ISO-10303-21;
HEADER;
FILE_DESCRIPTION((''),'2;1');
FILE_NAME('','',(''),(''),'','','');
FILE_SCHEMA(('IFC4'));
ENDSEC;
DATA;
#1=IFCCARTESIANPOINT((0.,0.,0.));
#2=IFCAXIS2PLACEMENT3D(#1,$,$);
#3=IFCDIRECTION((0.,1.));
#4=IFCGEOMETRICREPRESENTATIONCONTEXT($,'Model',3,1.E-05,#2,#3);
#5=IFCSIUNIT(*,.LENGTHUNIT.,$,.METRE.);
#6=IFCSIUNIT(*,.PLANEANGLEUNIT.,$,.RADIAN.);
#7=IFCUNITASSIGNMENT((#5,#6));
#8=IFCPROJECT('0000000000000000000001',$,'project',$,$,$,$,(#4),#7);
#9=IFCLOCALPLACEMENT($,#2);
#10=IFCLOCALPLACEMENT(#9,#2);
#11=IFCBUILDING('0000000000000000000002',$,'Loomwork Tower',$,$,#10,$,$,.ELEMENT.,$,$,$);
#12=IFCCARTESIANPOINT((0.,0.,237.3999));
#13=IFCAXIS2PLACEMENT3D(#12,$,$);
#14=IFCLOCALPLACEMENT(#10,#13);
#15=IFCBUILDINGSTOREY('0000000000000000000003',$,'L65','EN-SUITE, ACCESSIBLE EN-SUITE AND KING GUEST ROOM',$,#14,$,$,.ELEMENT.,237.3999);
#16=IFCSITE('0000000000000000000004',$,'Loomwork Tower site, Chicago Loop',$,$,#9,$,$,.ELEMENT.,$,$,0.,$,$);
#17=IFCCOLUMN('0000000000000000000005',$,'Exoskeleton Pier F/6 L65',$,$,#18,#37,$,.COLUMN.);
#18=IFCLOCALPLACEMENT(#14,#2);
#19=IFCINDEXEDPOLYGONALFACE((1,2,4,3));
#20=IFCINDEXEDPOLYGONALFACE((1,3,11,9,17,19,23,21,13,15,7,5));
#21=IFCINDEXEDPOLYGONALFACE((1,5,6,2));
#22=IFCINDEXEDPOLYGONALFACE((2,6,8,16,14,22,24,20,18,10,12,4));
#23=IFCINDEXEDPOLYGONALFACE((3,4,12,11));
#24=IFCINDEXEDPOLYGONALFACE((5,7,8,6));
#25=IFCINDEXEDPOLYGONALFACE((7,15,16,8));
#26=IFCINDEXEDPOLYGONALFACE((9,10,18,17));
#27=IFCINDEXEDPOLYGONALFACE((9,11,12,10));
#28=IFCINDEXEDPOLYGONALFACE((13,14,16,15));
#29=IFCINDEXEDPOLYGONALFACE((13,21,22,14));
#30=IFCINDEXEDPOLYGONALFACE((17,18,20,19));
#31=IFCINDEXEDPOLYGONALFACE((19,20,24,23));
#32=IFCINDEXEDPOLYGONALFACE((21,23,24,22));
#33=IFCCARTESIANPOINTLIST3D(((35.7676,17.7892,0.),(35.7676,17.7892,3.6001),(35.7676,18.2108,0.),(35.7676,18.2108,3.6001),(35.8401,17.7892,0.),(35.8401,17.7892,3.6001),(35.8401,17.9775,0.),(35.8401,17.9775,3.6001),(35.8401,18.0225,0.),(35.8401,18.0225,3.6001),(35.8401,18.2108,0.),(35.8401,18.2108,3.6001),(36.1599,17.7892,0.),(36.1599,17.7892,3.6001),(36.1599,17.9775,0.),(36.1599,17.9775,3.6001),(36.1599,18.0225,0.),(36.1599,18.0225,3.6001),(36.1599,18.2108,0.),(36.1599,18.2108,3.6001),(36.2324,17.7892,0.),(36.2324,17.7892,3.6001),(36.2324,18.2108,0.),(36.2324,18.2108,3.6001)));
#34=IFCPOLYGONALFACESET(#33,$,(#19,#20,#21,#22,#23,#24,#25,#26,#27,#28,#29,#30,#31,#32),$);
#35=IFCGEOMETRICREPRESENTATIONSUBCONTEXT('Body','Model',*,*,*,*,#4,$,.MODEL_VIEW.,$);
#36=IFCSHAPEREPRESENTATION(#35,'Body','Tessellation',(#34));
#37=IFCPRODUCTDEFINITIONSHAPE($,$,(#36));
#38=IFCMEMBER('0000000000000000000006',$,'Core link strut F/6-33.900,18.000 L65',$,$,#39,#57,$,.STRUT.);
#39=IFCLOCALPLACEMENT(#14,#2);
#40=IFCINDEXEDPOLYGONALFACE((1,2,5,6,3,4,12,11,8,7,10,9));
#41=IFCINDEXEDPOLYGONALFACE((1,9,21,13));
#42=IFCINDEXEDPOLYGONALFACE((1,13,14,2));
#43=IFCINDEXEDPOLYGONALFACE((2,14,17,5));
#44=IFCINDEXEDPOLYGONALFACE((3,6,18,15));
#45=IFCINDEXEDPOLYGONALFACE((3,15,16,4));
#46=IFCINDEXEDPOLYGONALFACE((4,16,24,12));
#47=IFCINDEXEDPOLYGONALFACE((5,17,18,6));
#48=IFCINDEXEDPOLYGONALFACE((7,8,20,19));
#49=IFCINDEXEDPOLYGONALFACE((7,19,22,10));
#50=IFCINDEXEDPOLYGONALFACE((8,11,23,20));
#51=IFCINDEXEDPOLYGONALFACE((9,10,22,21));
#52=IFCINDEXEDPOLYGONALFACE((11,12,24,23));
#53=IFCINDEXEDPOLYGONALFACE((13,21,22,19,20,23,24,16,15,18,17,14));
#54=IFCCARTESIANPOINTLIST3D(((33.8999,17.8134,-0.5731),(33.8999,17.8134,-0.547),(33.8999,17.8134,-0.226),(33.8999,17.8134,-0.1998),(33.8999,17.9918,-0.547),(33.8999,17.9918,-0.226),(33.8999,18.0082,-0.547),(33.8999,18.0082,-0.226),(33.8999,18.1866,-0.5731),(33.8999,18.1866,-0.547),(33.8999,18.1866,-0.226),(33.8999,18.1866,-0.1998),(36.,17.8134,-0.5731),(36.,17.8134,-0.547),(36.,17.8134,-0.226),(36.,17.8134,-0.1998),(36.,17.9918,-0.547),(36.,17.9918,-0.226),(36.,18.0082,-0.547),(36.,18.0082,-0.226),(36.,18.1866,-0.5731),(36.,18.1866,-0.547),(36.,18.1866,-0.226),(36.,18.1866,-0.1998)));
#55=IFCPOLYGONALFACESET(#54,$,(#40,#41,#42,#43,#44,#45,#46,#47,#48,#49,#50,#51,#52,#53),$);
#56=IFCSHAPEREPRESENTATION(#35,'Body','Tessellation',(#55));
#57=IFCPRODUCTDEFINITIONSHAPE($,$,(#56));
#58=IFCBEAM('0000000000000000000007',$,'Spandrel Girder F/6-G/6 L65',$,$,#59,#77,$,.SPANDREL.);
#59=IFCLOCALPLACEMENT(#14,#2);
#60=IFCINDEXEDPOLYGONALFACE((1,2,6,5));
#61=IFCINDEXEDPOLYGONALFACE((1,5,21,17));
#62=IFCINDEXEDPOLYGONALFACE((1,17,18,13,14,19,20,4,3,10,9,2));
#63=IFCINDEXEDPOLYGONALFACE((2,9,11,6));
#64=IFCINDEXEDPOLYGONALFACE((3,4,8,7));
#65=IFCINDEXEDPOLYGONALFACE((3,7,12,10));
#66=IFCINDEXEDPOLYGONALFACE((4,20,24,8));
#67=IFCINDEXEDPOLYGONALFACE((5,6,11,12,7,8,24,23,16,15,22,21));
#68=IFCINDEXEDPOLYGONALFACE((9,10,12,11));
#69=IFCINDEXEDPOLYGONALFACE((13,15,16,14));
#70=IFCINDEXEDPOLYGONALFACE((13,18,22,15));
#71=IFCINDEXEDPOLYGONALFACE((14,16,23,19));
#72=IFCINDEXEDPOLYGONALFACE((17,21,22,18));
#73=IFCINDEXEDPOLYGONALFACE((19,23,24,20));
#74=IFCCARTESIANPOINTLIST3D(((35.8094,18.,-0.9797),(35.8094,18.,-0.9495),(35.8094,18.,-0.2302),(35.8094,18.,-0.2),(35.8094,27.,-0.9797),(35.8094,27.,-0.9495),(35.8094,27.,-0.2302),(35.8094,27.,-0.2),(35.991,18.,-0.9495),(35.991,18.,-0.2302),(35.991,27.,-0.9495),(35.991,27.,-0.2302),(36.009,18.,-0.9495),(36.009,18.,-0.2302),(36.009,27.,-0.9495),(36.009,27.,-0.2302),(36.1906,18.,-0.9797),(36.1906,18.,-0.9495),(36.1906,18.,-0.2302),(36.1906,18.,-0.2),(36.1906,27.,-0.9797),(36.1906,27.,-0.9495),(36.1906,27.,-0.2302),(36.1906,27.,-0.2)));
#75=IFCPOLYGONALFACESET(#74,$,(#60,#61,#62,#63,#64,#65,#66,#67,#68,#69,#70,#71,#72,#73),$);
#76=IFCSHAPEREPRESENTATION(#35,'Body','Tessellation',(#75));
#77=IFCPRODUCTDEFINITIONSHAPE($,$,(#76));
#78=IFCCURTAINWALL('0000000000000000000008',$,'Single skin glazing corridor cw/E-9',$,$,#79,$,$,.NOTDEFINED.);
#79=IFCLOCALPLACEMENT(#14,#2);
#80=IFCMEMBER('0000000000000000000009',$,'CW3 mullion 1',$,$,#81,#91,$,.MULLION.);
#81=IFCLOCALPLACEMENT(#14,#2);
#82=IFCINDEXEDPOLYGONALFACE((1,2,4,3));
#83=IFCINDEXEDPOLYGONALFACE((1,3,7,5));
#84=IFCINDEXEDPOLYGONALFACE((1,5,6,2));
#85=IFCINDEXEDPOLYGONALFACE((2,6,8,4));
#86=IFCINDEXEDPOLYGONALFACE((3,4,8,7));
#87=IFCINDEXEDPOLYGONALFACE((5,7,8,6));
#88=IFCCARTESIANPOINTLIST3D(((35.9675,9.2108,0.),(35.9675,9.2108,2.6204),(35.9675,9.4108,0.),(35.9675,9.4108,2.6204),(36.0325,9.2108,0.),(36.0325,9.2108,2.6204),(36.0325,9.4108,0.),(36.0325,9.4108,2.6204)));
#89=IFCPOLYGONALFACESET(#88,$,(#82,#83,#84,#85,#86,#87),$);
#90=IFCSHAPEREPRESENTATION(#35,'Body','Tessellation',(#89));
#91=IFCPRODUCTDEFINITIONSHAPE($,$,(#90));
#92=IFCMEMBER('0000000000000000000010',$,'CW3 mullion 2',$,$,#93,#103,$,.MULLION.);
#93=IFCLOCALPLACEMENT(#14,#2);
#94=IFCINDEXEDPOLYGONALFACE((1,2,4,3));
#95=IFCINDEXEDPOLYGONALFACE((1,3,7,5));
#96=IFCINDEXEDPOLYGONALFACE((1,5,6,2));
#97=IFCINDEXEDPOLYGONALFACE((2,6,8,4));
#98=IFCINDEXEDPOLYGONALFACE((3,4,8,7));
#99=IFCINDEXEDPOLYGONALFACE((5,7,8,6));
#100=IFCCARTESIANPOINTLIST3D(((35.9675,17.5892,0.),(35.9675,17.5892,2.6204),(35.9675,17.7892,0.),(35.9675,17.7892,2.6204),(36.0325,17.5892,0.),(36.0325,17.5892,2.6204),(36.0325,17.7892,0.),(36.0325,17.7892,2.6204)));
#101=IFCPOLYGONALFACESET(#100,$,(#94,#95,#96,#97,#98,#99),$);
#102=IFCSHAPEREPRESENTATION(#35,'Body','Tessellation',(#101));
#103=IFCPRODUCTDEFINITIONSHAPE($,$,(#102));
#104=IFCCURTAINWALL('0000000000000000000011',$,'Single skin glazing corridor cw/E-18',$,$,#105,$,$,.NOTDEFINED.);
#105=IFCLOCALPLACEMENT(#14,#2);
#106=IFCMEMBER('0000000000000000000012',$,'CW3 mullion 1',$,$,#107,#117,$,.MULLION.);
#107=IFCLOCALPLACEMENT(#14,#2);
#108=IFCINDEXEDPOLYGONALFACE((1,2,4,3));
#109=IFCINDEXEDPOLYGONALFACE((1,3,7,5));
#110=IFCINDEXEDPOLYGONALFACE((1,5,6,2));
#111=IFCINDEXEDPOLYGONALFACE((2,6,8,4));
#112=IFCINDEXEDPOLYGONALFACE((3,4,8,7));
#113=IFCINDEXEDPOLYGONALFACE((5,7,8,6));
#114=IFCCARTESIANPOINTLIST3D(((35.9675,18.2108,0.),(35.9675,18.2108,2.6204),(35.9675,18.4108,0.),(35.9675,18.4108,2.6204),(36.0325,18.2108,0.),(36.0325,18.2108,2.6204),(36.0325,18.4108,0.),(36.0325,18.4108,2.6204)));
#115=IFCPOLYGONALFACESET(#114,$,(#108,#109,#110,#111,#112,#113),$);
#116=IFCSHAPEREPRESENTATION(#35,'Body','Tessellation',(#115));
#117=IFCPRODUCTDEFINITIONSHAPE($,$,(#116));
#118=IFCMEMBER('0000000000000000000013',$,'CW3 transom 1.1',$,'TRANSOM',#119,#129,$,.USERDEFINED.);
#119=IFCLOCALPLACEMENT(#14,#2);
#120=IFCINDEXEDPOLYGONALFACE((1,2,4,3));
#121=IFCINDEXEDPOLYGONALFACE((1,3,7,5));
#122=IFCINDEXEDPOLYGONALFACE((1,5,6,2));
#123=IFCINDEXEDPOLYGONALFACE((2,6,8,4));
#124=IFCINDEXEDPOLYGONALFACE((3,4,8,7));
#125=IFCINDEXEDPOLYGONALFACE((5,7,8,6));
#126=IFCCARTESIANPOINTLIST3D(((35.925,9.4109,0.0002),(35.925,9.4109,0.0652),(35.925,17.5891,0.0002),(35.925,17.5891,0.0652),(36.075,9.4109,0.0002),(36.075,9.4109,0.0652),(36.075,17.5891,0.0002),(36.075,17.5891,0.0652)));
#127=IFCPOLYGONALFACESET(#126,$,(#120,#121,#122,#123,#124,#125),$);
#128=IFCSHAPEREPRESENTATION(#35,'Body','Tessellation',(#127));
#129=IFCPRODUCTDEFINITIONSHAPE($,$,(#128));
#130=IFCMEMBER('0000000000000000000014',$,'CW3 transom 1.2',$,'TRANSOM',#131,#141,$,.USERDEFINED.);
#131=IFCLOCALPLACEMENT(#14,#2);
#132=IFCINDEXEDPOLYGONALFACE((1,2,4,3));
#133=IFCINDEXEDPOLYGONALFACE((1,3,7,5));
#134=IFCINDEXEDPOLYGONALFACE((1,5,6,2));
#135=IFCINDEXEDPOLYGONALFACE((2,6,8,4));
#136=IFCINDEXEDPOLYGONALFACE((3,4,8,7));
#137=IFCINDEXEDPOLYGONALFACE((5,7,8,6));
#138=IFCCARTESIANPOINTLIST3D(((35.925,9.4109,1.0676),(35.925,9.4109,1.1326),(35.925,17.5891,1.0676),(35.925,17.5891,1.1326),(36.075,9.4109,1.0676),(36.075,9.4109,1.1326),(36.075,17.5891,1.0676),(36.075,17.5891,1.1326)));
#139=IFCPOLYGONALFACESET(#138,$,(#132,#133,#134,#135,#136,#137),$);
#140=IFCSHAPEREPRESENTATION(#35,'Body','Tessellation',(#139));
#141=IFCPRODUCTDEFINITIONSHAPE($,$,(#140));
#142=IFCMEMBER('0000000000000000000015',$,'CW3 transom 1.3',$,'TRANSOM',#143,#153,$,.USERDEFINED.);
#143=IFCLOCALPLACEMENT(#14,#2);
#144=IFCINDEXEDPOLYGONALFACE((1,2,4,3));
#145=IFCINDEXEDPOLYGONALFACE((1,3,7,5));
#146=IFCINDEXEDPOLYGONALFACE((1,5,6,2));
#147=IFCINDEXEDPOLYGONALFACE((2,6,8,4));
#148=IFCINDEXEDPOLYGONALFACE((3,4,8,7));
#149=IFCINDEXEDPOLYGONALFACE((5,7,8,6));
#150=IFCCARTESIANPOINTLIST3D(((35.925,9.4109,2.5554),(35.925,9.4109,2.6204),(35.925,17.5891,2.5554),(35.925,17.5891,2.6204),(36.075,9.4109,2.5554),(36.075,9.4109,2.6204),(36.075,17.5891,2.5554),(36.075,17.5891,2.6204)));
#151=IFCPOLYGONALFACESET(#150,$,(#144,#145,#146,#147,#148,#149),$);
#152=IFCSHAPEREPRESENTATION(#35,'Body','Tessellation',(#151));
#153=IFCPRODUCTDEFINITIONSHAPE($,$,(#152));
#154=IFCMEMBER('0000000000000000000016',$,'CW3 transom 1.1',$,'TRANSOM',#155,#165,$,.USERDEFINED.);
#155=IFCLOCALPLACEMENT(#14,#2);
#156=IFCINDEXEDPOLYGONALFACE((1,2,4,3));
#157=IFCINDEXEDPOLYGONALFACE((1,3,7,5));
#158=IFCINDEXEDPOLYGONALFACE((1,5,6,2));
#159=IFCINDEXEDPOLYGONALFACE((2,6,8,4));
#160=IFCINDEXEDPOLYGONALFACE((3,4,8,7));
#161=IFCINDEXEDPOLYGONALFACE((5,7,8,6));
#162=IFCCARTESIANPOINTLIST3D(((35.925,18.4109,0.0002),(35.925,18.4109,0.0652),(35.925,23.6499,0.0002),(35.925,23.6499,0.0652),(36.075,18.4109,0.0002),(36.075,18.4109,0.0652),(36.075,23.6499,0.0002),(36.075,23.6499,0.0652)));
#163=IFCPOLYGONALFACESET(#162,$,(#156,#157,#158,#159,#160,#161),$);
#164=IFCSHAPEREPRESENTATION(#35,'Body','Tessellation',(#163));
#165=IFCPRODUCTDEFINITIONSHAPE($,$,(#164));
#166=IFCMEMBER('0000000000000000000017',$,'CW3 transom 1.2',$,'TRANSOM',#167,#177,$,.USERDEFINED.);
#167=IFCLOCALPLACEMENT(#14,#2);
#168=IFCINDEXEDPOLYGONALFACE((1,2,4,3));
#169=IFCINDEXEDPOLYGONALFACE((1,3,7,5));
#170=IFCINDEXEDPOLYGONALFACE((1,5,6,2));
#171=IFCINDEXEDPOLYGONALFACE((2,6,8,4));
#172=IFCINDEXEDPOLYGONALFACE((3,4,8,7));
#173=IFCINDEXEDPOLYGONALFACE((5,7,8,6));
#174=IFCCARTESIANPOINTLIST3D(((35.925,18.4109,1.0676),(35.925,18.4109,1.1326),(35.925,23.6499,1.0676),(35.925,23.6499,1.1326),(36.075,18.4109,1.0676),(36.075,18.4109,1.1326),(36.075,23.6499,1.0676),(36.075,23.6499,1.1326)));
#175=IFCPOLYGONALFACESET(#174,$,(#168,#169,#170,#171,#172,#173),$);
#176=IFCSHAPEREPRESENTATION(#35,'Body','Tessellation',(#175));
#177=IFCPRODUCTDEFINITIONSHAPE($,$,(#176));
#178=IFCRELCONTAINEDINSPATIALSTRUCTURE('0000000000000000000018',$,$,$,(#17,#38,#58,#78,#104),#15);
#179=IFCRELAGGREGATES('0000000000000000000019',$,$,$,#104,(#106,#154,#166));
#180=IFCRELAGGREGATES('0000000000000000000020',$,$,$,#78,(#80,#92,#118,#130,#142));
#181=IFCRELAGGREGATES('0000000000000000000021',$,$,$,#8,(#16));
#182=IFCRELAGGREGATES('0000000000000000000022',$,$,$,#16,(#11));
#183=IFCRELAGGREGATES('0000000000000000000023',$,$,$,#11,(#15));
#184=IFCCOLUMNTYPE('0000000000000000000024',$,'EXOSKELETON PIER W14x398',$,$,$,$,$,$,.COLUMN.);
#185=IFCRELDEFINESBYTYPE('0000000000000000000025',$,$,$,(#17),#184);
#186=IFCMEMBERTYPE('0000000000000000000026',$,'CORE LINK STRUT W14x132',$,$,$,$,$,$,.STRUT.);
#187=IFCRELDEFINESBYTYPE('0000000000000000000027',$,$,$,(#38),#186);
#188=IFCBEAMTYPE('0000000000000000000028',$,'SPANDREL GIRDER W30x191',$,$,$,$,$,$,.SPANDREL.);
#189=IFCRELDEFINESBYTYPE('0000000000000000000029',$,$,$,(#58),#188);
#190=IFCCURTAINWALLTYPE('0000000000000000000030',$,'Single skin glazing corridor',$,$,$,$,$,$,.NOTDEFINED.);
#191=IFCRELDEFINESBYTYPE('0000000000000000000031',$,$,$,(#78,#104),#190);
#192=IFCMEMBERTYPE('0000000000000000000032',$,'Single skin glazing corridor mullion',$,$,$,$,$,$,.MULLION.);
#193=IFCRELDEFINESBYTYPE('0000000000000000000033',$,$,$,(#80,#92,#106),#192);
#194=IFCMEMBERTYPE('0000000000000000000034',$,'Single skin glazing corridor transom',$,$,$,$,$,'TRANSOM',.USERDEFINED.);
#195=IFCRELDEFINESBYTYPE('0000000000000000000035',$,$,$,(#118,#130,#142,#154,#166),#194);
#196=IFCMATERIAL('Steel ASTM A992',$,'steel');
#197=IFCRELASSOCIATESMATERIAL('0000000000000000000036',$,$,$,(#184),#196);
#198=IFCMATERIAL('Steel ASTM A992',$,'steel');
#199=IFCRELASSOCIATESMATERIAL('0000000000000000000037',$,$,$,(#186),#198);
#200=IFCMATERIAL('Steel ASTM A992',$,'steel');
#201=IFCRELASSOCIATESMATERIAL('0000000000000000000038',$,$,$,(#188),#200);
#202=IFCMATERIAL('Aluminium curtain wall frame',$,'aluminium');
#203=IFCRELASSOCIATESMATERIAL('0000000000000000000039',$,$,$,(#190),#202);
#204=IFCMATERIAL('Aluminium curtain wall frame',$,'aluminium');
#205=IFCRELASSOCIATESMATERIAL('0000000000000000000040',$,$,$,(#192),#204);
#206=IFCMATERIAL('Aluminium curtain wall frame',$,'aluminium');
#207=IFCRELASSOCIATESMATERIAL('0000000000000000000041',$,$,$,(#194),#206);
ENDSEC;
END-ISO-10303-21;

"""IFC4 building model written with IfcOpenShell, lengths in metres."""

from ifc_helpers import new_model, si_unit, direction, frame, origin, origin_2d, place, context, subcontext, project, spatial, rectangle, i_section, extrude, material, material_profile, profile_set, type_object, element, aggregate, save


model = new_model("IFC4")

# Units and contexts
model_context = context("Model", 3, precision=1e-05, world=origin(), true_north=direction((0.0, 1.0)))
body_context = subcontext(model_context, "Body", "Model", "MODEL_VIEW")
ifc_project = project(units=[si_unit("LENGTHUNIT", "METRE"), si_unit("PLANEANGLEUNIT", "RADIAN")], contexts=[model_context])

# Site, building, storey
site_placement = place(None, origin())
site = spatial("IfcSite", under=ifc_project, at=site_placement, Name="Loomwork Tower site, Chicago Loop", CompositionType="ELEMENT", RefElevation=0.0)
building_placement = place(site_placement, origin())
building = spatial("IfcBuilding", under=site, at=building_placement, Name="Loomwork Tower", CompositionType="ELEMENT")
storey_placement = place(building_placement, frame((0.0, 0.0, 237.3999)))
storey = spatial("IfcBuildingStorey", under=building, at=storey_placement, Name="L65", Description="EN-SUITE, ACCESSIBLE EN-SUITE AND KING GUEST ROOM", CompositionType="ELEMENT", Elevation=237.3999)

# Column
ifc_material_1 = material(Name="Steel ASTM A992", Category="steel")
ifc_material_profile_1 = material_profile(ifc_material_1, i_section(OverallWidth=0.4216, OverallDepth=0.4648, WebThickness=0.0449, FlangeThickness=0.0725, at=origin_2d()), Name="W14x398")
ifc_profile_set_1 = profile_set([ifc_material_profile_1], Name="Steel ASTM A992")
column_type = type_object("IfcColumnType", Name="EXOSKELETON PIER W14x398", PredefinedType="COLUMN", material=ifc_profile_set_1)
column_placement = place(storey_placement, frame((36.0, 18.0, 0.0), z_axis=(0.0, 0.0, 1.0), x_axis=(0.0, 1.0, 0.0)))
element("IfcColumn", 1, at=column_placement, inside=storey, type_object=column_type, Name="Exoskeleton Pier F/6 L65", PredefinedType="COLUMN", context=body_context, shape_type="SweptSolid", body=[
    extrude(i_section(OverallWidth=0.4216, OverallDepth=0.4648, WebThickness=0.0449, FlangeThickness=0.0725, at=origin_2d()), origin(), (0.0, 0.0, 1.0), 3.6001),
])

# Member
ifc_material_2 = material(Name="Steel ASTM A992", Category="steel")
ifc_material_profile_2 = material_profile(ifc_material_2, i_section(OverallWidth=0.3733, OverallDepth=0.3733, WebThickness=0.0164, FlangeThickness=0.0261, at=origin_2d()), Name="W14x132")
ifc_profile_set_2 = profile_set([ifc_material_profile_2], Name="Steel ASTM A992")
member_type_1 = type_object("IfcMemberType", Name="CORE LINK STRUT W14x132", PredefinedType="STRUT", material=ifc_profile_set_2)
member_1_placement = place(storey_placement, frame((36.0, 18.0, -0.3865), z_axis=(-1.0, 0.0, 0.0), x_axis=(0.0, -1.0, 0.0)))
element("IfcMember", 2, at=member_1_placement, inside=storey, type_object=member_type_1, Name="Core link strut F/6-33.900,18.000 L65", PredefinedType="STRUT", context=body_context, shape_type="SweptSolid", body=[
    extrude(i_section(OverallWidth=0.3733, OverallDepth=0.3733, WebThickness=0.0164, FlangeThickness=0.0261, at=origin_2d()), origin(), (0.0, 0.0, 1.0), 2.1001),
])

# Beam
ifc_material_3 = material(Name="Steel ASTM A992", Category="steel")
ifc_material_profile_3 = material_profile(ifc_material_3, i_section(OverallWidth=0.3811, OverallDepth=0.7798, WebThickness=0.0181, FlangeThickness=0.0303, at=origin_2d()), Name="W30x191")
ifc_profile_set_3 = profile_set([ifc_material_profile_3], Name="Steel ASTM A992")
beam_type = type_object("IfcBeamType", Name="SPANDREL GIRDER W30x191", PredefinedType="SPANDREL", material=ifc_profile_set_3)
beam_placement = place(storey_placement, frame((36.0, 18.0, -0.5898), z_axis=(0.0, 1.0, 0.0), x_axis=(-1.0, 0.0, 0.0)))
element("IfcBeam", 3, at=beam_placement, inside=storey, type_object=beam_type, Name="Spandrel Girder F/6-G/6 L65", PredefinedType="SPANDREL", context=body_context, shape_type="SweptSolid", body=[
    extrude(i_section(OverallWidth=0.3811, OverallDepth=0.7798, WebThickness=0.0181, FlangeThickness=0.0303, at=origin_2d()), origin(), (0.0, 0.0, 1.0), 9.0),
])

# Curtain wall, members
ifc_material_4 = material(Name="Aluminium curtain wall frame", Category="aluminium")
curtain_wall_type = type_object("IfcCurtainWallType", Name="Single skin glazing corridor", PredefinedType="NOTDEFINED", material=ifc_material_4)
curtain_wall_1_placement = place(storey_placement, origin())
curtain_wall_1 = element("IfcCurtainWall", 4, at=curtain_wall_1_placement, inside=storey, type_object=curtain_wall_type, Name="Single skin glazing corridor cw/E-9", PredefinedType="NOTDEFINED")
ifc_material_5 = material(Name="Aluminium curtain wall frame", Category="aluminium")
ifc_material_profile_4 = material_profile(ifc_material_5, rectangle(XDim=0.0649, YDim=0.2, at=origin_2d()), Name="AL 65x200")
ifc_profile_set_4 = profile_set([ifc_material_profile_4], Name="Aluminium curtain wall frame")
member_type_2 = type_object("IfcMemberType", Name="Single skin glazing corridor mullion", PredefinedType="MULLION", material=ifc_profile_set_4)
member_2_placement = place(storey_placement, frame((36.0, 9.3108, 0.0), z_axis=(0.0, 0.0, 1.0), x_axis=(-1.0, 0.0, 0.0)))
member_2 = element("IfcMember", 5, at=member_2_placement, type_object=member_type_2, Name="CW3 mullion 1", PredefinedType="MULLION", context=body_context, shape_type="SweptSolid", body=[
    extrude(rectangle(XDim=0.0649, YDim=0.2, at=origin_2d()), origin(), (0.0, 0.0, 1.0), 2.6204),
])
member_3_placement = place(storey_placement, frame((36.0, 17.6892, 0.0), z_axis=(0.0, 0.0, 1.0), x_axis=(-1.0, 0.0, 0.0)))
member_3 = element("IfcMember", 6, at=member_3_placement, type_object=member_type_2, Name="CW3 mullion 2", PredefinedType="MULLION", context=body_context, shape_type="SweptSolid", body=[
    extrude(rectangle(XDim=0.0649, YDim=0.2, at=origin_2d()), origin(), (0.0, 0.0, 1.0), 2.6204),
])

# Curtain wall, member
curtain_wall_2_placement = place(storey_placement, origin())
curtain_wall_2 = element("IfcCurtainWall", 7, at=curtain_wall_2_placement, inside=storey, type_object=curtain_wall_type, Name="Single skin glazing corridor cw/E-18", PredefinedType="NOTDEFINED")
member_4_placement = place(storey_placement, frame((36.0, 18.3108, 0.0), z_axis=(0.0, 0.0, 1.0), x_axis=(-1.0, 0.0, 0.0)))
member_4 = element("IfcMember", 8, at=member_4_placement, type_object=member_type_2, Name="CW3 mullion 1", PredefinedType="MULLION", context=body_context, shape_type="SweptSolid", body=[
    extrude(rectangle(XDim=0.0649, YDim=0.2, at=origin_2d()), origin(), (0.0, 0.0, 1.0), 2.6204),
])

# Members
ifc_material_6 = material(Name="Aluminium curtain wall frame", Category="aluminium")
ifc_material_profile_5 = material_profile(ifc_material_6, rectangle(XDim=0.1499, YDim=0.0649, at=origin_2d()), Name="AL 65x150")
ifc_profile_set_5 = profile_set([ifc_material_profile_5], Name="Aluminium curtain wall frame")
member_type_3 = type_object("IfcMemberType", Name="Single skin glazing corridor transom", ElementType="TRANSOM", PredefinedType="USERDEFINED", material=ifc_profile_set_5)
member_5_placement = place(storey_placement, frame((36.0, 9.4109, 0.0327), z_axis=(0.0, 1.0, 0.0), x_axis=(-1.0, 0.0, 0.0)))
member_5 = element("IfcMember", 9, at=member_5_placement, type_object=member_type_3, Name="CW3 transom 1.1", ObjectType="TRANSOM", PredefinedType="USERDEFINED", context=body_context, shape_type="SweptSolid", body=[
    extrude(rectangle(XDim=0.1499, YDim=0.0649, at=origin_2d()), origin(), (0.0, 0.0, 1.0), 8.1782),
])
member_6_placement = place(storey_placement, frame((36.0, 9.4109, 1.1001), z_axis=(0.0, 1.0, 0.0), x_axis=(-1.0, 0.0, 0.0)))
member_6 = element("IfcMember", 10, at=member_6_placement, type_object=member_type_3, Name="CW3 transom 1.2", ObjectType="TRANSOM", PredefinedType="USERDEFINED", context=body_context, shape_type="SweptSolid", body=[
    extrude(rectangle(XDim=0.1499, YDim=0.0649, at=origin_2d()), origin(), (0.0, 0.0, 1.0), 8.1782),
])
member_7_placement = place(storey_placement, frame((36.0, 9.4109, 2.5879), z_axis=(0.0, 1.0, 0.0), x_axis=(-1.0, 0.0, 0.0)))
member_7 = element("IfcMember", 11, at=member_7_placement, type_object=member_type_3, Name="CW3 transom 1.3", ObjectType="TRANSOM", PredefinedType="USERDEFINED", context=body_context, shape_type="SweptSolid", body=[
    extrude(rectangle(XDim=0.1499, YDim=0.0649, at=origin_2d()), origin(), (0.0, 0.0, 1.0), 8.1782),
])
member_8_placement = place(storey_placement, frame((36.0, 18.4109, 0.0327), z_axis=(0.0, 1.0, 0.0), x_axis=(-1.0, 0.0, 0.0)))
member_8 = element("IfcMember", 12, at=member_8_placement, type_object=member_type_3, Name="CW3 transom 1.1", ObjectType="TRANSOM", PredefinedType="USERDEFINED", context=body_context, shape_type="SweptSolid", body=[
    extrude(rectangle(XDim=0.1499, YDim=0.0649, at=origin_2d()), origin(), (0.0, 0.0, 1.0), 5.239),
])
member_9_placement = place(storey_placement, frame((36.0, 18.4109, 1.1001), z_axis=(0.0, 1.0, 0.0), x_axis=(-1.0, 0.0, 0.0)))
member_9 = element("IfcMember", 13, at=member_9_placement, type_object=member_type_3, Name="CW3 transom 1.2", ObjectType="TRANSOM", PredefinedType="USERDEFINED", context=body_context, shape_type="SweptSolid", body=[
    extrude(rectangle(XDim=0.1499, YDim=0.0649, at=origin_2d()), origin(), (0.0, 0.0, 1.0), 5.239),
])
aggregate(curtain_wall_2, [member_4, member_8, member_9])

aggregate(curtain_wall_1, [member_2, member_3, member_5, member_6, member_7])

save(model, "model.ifc")
